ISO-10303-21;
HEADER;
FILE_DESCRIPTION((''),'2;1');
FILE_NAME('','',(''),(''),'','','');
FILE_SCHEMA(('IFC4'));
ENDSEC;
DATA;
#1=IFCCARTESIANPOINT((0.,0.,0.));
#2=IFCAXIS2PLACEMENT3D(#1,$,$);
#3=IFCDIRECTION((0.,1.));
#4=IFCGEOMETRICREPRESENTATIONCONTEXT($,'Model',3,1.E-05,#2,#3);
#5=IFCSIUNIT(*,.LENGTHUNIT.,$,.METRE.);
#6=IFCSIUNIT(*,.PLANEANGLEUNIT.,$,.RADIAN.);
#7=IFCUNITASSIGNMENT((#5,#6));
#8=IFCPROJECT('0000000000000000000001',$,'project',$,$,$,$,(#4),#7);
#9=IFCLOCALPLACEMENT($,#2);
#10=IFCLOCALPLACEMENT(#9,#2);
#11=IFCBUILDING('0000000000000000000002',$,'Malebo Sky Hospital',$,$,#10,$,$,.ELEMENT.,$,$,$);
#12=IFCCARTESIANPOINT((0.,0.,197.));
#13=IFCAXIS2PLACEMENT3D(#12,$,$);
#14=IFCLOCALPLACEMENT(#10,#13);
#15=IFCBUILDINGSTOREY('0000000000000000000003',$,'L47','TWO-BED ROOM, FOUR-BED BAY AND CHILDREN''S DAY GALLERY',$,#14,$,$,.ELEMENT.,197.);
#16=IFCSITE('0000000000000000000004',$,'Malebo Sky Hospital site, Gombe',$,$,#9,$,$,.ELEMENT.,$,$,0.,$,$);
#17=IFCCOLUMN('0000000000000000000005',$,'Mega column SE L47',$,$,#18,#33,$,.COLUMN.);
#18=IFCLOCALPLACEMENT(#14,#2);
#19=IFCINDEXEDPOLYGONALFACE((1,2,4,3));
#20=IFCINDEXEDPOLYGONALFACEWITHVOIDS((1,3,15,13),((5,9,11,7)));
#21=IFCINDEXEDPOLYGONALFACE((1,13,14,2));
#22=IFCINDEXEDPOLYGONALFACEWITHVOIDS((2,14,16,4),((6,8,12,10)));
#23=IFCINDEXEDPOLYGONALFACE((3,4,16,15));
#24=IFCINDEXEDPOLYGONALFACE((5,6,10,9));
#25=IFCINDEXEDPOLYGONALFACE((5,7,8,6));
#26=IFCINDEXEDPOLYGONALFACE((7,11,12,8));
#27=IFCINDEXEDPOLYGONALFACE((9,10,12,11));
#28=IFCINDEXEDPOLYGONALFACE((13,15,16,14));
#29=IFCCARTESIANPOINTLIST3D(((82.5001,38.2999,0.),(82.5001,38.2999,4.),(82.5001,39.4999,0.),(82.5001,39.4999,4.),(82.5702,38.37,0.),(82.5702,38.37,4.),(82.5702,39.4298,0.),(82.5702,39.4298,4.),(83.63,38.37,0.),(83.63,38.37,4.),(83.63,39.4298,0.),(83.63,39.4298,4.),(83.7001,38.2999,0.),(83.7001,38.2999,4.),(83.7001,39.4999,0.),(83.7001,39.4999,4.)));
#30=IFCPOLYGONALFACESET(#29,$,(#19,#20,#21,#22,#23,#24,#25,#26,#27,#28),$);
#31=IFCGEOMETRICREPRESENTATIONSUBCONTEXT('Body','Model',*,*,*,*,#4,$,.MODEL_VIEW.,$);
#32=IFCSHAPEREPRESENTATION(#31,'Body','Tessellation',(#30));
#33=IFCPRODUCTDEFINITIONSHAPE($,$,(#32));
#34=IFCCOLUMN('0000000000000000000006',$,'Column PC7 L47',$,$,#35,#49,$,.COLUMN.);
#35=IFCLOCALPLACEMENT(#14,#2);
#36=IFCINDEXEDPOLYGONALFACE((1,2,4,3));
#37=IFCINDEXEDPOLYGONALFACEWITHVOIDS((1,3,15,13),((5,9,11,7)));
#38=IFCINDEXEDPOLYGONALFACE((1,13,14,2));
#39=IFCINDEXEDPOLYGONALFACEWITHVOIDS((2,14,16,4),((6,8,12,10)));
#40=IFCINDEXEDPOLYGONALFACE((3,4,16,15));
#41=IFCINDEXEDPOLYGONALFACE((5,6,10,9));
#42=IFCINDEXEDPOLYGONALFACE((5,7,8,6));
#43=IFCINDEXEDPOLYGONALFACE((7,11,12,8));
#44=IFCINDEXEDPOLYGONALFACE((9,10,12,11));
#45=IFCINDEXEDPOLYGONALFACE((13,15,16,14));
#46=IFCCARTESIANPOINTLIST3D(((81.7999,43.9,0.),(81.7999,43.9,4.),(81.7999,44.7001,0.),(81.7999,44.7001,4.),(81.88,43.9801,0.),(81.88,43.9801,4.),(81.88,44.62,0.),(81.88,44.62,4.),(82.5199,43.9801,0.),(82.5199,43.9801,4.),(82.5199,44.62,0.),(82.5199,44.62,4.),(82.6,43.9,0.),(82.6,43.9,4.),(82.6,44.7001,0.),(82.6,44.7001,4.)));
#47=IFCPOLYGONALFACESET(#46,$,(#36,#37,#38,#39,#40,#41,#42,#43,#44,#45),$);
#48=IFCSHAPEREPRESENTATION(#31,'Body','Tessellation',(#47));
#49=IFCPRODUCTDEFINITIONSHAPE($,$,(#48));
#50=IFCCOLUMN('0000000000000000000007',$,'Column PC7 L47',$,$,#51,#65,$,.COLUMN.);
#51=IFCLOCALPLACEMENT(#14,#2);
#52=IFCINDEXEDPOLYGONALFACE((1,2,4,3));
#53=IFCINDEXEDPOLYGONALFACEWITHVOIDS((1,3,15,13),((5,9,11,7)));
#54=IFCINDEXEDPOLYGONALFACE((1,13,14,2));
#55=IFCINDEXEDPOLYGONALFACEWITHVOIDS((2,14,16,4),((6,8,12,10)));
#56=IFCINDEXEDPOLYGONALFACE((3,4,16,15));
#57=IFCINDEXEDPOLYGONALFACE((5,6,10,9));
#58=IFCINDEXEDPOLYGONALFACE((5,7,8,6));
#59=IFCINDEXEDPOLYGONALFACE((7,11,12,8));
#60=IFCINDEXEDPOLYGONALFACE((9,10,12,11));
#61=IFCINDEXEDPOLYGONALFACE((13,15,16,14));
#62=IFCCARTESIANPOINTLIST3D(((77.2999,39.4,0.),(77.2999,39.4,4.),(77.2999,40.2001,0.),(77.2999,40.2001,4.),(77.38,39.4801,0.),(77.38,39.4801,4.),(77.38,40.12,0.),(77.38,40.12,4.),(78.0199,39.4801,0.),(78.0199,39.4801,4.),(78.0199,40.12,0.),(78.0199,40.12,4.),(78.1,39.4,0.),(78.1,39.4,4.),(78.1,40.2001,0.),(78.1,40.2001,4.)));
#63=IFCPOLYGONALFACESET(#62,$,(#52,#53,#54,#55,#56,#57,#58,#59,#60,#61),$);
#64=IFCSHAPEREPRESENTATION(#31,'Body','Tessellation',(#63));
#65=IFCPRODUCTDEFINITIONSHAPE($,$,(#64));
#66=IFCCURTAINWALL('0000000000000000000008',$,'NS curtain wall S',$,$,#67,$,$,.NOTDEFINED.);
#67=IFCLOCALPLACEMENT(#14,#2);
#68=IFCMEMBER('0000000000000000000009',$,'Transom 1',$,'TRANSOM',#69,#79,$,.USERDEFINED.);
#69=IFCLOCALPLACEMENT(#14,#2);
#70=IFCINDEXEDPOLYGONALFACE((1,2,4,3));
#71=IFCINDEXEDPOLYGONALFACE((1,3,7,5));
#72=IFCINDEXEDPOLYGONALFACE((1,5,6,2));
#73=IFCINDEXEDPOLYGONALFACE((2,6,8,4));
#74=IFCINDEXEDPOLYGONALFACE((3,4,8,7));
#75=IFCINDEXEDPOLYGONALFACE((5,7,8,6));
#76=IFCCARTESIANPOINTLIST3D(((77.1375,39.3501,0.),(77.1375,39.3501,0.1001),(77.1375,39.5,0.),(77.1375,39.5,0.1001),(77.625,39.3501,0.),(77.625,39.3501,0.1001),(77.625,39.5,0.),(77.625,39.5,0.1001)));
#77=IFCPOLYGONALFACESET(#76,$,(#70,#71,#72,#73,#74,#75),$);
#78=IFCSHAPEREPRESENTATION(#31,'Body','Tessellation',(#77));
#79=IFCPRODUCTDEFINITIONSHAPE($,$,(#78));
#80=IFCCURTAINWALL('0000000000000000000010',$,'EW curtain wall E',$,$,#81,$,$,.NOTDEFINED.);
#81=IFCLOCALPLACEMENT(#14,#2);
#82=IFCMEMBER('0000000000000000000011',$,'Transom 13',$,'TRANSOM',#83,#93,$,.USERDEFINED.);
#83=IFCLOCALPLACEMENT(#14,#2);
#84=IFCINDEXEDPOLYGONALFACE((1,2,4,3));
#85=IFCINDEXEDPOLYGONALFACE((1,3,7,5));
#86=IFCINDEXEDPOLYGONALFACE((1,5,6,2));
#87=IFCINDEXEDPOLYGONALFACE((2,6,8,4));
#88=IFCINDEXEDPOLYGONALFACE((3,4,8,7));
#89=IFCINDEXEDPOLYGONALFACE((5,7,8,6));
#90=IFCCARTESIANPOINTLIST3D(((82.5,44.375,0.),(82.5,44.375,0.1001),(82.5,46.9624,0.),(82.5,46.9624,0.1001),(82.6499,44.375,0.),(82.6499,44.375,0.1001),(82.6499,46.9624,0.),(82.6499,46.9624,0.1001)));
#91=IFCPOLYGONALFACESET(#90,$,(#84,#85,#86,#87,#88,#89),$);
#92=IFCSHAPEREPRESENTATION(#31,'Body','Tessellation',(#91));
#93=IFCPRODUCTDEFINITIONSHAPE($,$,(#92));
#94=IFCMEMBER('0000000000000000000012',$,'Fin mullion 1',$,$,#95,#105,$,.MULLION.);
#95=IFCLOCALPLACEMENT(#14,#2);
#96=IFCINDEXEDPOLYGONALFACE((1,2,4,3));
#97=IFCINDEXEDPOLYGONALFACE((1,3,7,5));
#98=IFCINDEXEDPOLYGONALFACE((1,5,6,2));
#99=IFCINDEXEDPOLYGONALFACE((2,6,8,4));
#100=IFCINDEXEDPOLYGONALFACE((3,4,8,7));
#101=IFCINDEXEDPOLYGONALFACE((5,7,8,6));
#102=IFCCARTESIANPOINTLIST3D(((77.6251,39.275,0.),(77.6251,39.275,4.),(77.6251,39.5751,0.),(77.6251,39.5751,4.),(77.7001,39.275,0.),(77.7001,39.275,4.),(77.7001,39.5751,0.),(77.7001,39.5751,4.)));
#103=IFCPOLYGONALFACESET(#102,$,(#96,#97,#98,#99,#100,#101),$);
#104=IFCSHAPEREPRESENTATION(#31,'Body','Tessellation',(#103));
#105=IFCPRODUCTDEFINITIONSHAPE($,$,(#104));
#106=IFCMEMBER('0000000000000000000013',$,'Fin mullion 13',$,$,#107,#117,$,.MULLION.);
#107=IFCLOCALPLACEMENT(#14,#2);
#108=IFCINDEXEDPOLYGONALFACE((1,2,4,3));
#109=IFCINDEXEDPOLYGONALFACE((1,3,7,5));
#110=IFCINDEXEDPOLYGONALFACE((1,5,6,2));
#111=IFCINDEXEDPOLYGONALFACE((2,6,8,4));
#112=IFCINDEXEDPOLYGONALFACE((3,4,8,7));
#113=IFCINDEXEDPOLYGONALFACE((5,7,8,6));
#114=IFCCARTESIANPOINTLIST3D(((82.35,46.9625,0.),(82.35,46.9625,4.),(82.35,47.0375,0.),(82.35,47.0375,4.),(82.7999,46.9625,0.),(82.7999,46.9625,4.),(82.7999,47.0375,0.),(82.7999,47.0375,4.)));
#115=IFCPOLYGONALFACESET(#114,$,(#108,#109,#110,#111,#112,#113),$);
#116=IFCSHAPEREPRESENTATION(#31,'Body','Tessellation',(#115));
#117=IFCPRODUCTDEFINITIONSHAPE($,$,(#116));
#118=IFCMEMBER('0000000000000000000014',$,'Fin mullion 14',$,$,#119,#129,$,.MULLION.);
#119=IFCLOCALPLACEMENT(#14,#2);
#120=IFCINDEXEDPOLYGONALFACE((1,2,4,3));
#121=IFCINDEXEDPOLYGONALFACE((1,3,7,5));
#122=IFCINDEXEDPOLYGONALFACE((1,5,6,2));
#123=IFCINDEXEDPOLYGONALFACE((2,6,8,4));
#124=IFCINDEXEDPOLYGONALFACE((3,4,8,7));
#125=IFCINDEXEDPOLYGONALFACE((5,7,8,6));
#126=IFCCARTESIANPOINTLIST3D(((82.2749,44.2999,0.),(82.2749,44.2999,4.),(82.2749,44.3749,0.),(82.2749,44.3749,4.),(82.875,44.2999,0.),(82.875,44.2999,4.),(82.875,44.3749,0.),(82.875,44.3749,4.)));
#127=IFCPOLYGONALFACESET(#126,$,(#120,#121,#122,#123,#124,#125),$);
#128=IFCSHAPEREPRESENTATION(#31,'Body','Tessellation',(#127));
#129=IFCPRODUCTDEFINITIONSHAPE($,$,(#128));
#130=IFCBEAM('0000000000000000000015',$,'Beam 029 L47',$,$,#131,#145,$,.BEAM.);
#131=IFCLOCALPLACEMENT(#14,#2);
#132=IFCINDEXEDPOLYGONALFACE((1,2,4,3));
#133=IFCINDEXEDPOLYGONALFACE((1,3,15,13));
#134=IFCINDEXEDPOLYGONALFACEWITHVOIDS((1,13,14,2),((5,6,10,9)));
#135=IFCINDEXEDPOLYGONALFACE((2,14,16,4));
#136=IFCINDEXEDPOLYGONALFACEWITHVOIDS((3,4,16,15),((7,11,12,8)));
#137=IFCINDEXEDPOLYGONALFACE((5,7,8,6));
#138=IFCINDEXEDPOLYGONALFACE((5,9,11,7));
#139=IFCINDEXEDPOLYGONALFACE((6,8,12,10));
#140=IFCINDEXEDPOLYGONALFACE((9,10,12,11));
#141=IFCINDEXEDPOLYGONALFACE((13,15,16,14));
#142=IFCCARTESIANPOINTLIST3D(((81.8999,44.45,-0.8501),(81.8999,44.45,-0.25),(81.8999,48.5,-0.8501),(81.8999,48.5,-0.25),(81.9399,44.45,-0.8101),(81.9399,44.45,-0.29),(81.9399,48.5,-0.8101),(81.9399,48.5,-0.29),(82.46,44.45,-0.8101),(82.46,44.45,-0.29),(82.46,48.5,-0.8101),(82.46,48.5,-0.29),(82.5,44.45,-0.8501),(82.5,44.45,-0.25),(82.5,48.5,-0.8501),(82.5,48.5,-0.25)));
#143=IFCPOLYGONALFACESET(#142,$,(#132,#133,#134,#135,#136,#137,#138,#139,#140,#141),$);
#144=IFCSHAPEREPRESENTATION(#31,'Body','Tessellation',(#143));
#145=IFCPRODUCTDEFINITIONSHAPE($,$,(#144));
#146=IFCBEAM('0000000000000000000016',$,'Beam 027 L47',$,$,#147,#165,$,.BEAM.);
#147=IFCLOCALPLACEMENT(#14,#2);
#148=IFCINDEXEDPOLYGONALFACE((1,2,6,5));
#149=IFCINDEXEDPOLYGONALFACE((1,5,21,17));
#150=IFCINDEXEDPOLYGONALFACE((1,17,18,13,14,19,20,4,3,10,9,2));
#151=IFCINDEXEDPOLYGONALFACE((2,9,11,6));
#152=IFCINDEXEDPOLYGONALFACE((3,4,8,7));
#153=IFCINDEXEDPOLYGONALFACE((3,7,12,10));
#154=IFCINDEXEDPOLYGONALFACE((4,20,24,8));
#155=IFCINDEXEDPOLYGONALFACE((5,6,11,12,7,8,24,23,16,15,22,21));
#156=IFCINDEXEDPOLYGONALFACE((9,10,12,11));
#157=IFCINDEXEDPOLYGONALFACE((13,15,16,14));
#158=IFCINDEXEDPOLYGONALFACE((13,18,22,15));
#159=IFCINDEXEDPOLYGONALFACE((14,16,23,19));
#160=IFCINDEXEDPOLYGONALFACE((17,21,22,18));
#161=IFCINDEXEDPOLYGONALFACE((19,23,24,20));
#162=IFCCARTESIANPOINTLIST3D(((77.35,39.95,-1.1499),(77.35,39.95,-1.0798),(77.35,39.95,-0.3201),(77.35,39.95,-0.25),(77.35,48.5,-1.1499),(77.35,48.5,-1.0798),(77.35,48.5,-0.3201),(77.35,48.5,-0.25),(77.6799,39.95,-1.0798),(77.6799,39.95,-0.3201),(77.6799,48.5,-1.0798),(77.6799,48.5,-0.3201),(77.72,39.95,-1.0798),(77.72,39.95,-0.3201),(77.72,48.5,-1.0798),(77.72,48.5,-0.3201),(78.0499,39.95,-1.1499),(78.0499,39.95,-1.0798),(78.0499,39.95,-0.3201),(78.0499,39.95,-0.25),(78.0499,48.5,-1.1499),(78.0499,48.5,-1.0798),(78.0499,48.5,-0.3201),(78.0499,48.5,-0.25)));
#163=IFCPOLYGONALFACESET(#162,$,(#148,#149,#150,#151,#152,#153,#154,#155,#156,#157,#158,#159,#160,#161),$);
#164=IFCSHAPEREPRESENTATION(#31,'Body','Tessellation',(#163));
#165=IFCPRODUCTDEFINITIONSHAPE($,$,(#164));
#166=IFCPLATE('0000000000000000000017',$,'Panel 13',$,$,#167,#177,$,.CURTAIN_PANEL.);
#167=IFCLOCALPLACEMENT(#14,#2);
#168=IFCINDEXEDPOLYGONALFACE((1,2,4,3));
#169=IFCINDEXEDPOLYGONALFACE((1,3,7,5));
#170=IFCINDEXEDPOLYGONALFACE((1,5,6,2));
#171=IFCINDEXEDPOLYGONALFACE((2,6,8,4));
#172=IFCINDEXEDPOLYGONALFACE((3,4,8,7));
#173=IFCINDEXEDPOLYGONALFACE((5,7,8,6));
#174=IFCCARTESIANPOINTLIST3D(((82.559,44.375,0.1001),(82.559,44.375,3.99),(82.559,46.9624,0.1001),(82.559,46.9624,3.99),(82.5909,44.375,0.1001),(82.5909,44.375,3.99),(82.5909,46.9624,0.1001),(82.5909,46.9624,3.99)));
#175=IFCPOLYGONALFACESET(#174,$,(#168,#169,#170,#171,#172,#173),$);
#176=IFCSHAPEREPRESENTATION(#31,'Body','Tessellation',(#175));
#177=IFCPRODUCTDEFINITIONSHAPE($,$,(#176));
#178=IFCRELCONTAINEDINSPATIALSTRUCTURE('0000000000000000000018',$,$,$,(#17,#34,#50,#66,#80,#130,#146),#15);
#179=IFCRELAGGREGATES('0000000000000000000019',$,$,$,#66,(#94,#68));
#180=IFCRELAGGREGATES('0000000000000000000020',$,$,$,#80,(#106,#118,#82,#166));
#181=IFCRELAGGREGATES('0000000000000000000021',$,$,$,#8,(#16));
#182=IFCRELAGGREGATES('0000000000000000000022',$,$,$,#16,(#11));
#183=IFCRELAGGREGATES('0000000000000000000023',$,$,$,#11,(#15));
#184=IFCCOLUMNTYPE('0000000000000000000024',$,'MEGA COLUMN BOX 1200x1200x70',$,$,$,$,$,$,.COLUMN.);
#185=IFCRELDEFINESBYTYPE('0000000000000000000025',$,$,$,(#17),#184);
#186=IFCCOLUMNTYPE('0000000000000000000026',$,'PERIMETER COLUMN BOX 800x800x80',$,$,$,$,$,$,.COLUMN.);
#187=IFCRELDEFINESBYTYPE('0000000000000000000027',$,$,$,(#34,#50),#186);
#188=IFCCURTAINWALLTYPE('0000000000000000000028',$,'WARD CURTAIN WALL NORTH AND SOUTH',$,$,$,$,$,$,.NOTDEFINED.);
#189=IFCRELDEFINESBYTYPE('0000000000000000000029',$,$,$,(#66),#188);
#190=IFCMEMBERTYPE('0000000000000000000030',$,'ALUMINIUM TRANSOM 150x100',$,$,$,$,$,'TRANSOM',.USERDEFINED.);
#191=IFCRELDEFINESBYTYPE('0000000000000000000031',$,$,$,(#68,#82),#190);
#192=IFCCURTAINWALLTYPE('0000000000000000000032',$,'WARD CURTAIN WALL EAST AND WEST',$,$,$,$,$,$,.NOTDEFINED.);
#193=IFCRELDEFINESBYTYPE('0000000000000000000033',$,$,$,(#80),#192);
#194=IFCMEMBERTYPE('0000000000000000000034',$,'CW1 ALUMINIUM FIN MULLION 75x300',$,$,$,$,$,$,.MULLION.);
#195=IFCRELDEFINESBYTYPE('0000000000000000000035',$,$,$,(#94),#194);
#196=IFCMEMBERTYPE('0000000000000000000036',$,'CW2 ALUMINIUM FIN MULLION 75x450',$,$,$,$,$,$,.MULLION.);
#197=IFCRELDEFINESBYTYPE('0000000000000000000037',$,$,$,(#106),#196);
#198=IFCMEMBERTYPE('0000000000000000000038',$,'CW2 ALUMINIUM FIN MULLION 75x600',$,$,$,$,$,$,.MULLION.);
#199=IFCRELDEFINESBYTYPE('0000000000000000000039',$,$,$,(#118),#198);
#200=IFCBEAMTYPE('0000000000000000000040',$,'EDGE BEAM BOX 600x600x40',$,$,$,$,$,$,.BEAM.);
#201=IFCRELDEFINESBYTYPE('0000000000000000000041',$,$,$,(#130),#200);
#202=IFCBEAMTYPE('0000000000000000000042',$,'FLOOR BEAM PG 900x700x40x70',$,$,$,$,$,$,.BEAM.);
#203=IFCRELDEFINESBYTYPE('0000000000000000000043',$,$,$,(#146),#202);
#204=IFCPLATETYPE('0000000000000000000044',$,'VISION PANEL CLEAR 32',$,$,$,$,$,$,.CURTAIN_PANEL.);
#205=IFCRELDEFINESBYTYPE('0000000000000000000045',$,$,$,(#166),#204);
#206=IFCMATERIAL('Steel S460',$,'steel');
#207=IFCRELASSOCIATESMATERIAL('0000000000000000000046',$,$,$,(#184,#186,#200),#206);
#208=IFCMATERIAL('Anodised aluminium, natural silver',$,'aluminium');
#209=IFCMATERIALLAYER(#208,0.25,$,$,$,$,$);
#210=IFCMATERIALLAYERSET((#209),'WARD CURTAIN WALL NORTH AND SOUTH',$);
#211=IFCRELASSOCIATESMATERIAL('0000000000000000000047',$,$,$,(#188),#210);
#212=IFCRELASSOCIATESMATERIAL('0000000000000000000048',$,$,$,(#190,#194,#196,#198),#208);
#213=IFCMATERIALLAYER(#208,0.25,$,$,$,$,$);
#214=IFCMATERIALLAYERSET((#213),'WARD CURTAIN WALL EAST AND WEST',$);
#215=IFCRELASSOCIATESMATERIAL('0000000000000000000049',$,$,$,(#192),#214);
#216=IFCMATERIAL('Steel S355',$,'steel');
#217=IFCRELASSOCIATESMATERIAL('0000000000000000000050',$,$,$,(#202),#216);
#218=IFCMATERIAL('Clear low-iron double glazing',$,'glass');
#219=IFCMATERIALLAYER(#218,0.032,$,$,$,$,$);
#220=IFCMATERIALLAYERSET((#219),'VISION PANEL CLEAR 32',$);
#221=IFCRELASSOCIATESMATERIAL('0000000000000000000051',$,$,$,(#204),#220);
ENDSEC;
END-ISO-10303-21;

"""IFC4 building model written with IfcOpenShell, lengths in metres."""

from ifc_helpers import new_model, si_unit, direction, frame, origin, origin_2d, place, context, subcontext, project, spatial, rectangle, hollow_rectangle, i_section, extrude, material, layer, layer_set, material_profile, profile_set, type_object, element, aggregate, save


model = new_model("IFC4")

# Units and contexts
model_context = context("Model", 3, precision=1e-05, world=origin(), true_north=direction((0.0, 1.0)))
body_context = subcontext(model_context, "Body", "Model", "MODEL_VIEW")
ifc_project = project(units=[si_unit("LENGTHUNIT", "METRE"), si_unit("PLANEANGLEUNIT", "RADIAN")], contexts=[model_context])

# Site, building, storey
site_placement = place(None, origin())
site = spatial("IfcSite", under=ifc_project, at=site_placement, Name="Malebo Sky Hospital site, Gombe", CompositionType="ELEMENT", RefElevation=0.0)
building_placement = place(site_placement, origin())
building = spatial("IfcBuilding", under=site, at=building_placement, Name="Malebo Sky Hospital", CompositionType="ELEMENT")
storey_placement = place(building_placement, frame((0.0, 0.0, 197.0)))
storey = spatial("IfcBuildingStorey", under=building, at=storey_placement, Name="L47", Description="TWO-BED ROOM, FOUR-BED BAY AND CHILDREN'S DAY GALLERY", CompositionType="ELEMENT", Elevation=197.0)

# Columns
ifc_material_1 = material(Name="Steel S460", Category="steel")
ifc_material_profile_1 = material_profile(ifc_material_1, hollow_rectangle(XDim=1.2, YDim=1.2, WallThickness=0.0701, at=origin_2d()), Name="BOX 1200x1200x70")
ifc_profile_set_1 = profile_set([ifc_material_profile_1], Name="Steel S460")
column_type_1 = type_object("IfcColumnType", Name="MEGA COLUMN BOX 1200x1200x70", PredefinedType="COLUMN", material=ifc_profile_set_1)
column_placement = place(storey_placement, frame((83.1001, 38.8999, 0.0), z_axis=(0.0, 0.0, 1.0), x_axis=(1.0, 0.0, 0.0)))
element("IfcColumn", 1, at=column_placement, inside=storey, type_object=column_type_1, Name="Mega column SE L47", PredefinedType="COLUMN", context=body_context, shape_type="SweptSolid", body=[
    extrude(hollow_rectangle(XDim=1.2, YDim=1.2, WallThickness=0.0701, at=origin_2d()), origin(), (0.0, 0.0, 1.0), 4.0),
])
ifc_material_profile_2 = material_profile(ifc_material_1, hollow_rectangle(XDim=0.8, YDim=0.8, WallThickness=0.0801, at=origin_2d()), Name="BOX 800x800x80")
ifc_profile_set_2 = profile_set([ifc_material_profile_2], Name="Steel S460")
column_type_2 = type_object("IfcColumnType", Name="PERIMETER COLUMN BOX 800x800x80", PredefinedType="COLUMN", material=ifc_profile_set_2)
for number, where, z_axis, x_axis, name in (
    (2, (82.2, 44.3, 0.0), (0.0, 0.0, 1.0), (1.0, 0.0, 0.0), "Column PC7 L47"),
    (3, (77.7, 39.8, 0.0), (0.0, 0.0, 1.0), (1.0, 0.0, 0.0), "Column PC7 L47"),
):
    element("IfcColumn", number, at=place(storey_placement, frame(where, z_axis=z_axis, x_axis=x_axis)), inside=storey, type_object=column_type_2, Name=name, PredefinedType="COLUMN", context=body_context, shape_type="SweptSolid", body=[
        extrude(hollow_rectangle(XDim=0.8, YDim=0.8, WallThickness=0.0801, at=origin_2d()), origin(), (0.0, 0.0, 1.0), 4.0),
    ])

# Curtain walls, members
ifc_material_2 = material(Name="Anodised aluminium, natural silver", Category="aluminium")
ifc_layer_1 = layer(ifc_material_2, 0.25)
ifc_layer_set_1 = layer_set([ifc_layer_1], Name="WARD CURTAIN WALL NORTH AND SOUTH")
curtain_wall_type_1 = type_object("IfcCurtainWallType", Name="WARD CURTAIN WALL NORTH AND SOUTH", PredefinedType="NOTDEFINED", material=ifc_layer_set_1)
curtain_wall_1_placement = place(storey_placement, origin())
curtain_wall_1 = element("IfcCurtainWall", 4, at=curtain_wall_1_placement, inside=storey, type_object=curtain_wall_type_1, Name="NS curtain wall S", PredefinedType="NOTDEFINED")
ifc_material_profile_3 = material_profile(ifc_material_2, rectangle(XDim=0.1499, YDim=0.1001, at=origin_2d()), Name="ALUMINIUM TRANSOM 150x100")
ifc_profile_set_3 = profile_set([ifc_material_profile_3], Name="Anodised aluminium, natural silver")
member_type_1 = type_object("IfcMemberType", Name="ALUMINIUM TRANSOM 150x100", ElementType="TRANSOM", PredefinedType="USERDEFINED", material=ifc_profile_set_3)
member_1_placement = place(storey_placement, frame((77.625, 39.425, 0.05), z_axis=(-1.0, 0.0, 0.0), x_axis=(0.0, -1.0, 0.0)))
member_1 = element("IfcMember", 5, at=member_1_placement, type_object=member_type_1, Name="Transom 1", ObjectType="TRANSOM", PredefinedType="USERDEFINED", context=body_context, shape_type="SweptSolid", body=[
    extrude(rectangle(XDim=0.1499, YDim=0.1001, at=origin_2d()), origin(), (0.0, 0.0, 1.0), 0.4875),
])
ifc_layer_2 = layer(ifc_material_2, 0.25)
ifc_layer_set_2 = layer_set([ifc_layer_2], Name="WARD CURTAIN WALL EAST AND WEST")
curtain_wall_type_2 = type_object("IfcCurtainWallType", Name="WARD CURTAIN WALL EAST AND WEST", PredefinedType="NOTDEFINED", material=ifc_layer_set_2)
curtain_wall_2_placement = place(storey_placement, origin())
curtain_wall_2 = element("IfcCurtainWall", 6, at=curtain_wall_2_placement, inside=storey, type_object=curtain_wall_type_2, Name="EW curtain wall E", PredefinedType="NOTDEFINED")
member_2_placement = place(storey_placement, frame((82.575, 46.9624, 0.05), z_axis=(0.0, -1.0, 0.0), x_axis=(1.0, 0.0, 0.0)))
member_2 = element("IfcMember", 7, at=member_2_placement, type_object=member_type_1, Name="Transom 13", ObjectType="TRANSOM", PredefinedType="USERDEFINED", context=body_context, shape_type="SweptSolid", body=[
    extrude(rectangle(XDim=0.1499, YDim=0.1001, at=origin_2d()), origin(), (0.0, 0.0, 1.0), 2.5874),
])

# Members
ifc_material_profile_4 = material_profile(ifc_material_2, rectangle(XDim=0.075, YDim=0.3, at=origin_2d()), Name="CW1 ALUMINIUM FIN MULLION 75x300")
ifc_profile_set_4 = profile_set([ifc_material_profile_4], Name="Anodised aluminium, natural silver")
member_type_2 = type_object("IfcMemberType", Name="CW1 ALUMINIUM FIN MULLION 75x300", PredefinedType="MULLION", material=ifc_profile_set_4)
member_3_placement = place(storey_placement, frame((77.6626, 39.425, 0.0), z_axis=(0.0, 0.0, 1.0), x_axis=(-1.0, 0.0, 0.0)))
member_3 = element("IfcMember", 8, at=member_3_placement, type_object=member_type_2, Name="Fin mullion 1", PredefinedType="MULLION", context=body_context, shape_type="SweptSolid", body=[
    extrude(rectangle(XDim=0.075, YDim=0.3, at=origin_2d()), origin(), (0.0, 0.0, 1.0), 4.0),
])
aggregate(curtain_wall_1, [member_3, member_1])
ifc_material_profile_5 = material_profile(ifc_material_2, rectangle(XDim=0.075, YDim=0.45, at=origin_2d()), Name="CW2 ALUMINIUM FIN MULLION 75x450")
ifc_profile_set_5 = profile_set([ifc_material_profile_5], Name="Anodised aluminium, natural silver")
member_type_3 = type_object("IfcMemberType", Name="CW2 ALUMINIUM FIN MULLION 75x450", PredefinedType="MULLION", material=ifc_profile_set_5)
member_4_placement = place(storey_placement, frame((82.575, 47.0, 0.0), z_axis=(0.0, 0.0, 1.0), x_axis=(0.0, -1.0, 0.0)))
member_4 = element("IfcMember", 9, at=member_4_placement, type_object=member_type_3, Name="Fin mullion 13", PredefinedType="MULLION", context=body_context, shape_type="SweptSolid", body=[
    extrude(rectangle(XDim=0.075, YDim=0.45, at=origin_2d()), origin(), (0.0, 0.0, 1.0), 4.0),
])
ifc_material_profile_6 = material_profile(ifc_material_2, rectangle(XDim=0.075, YDim=0.6001, at=origin_2d()), Name="CW2 ALUMINIUM FIN MULLION 75x600")
ifc_profile_set_6 = profile_set([ifc_material_profile_6], Name="Anodised aluminium, natural silver")
member_type_4 = type_object("IfcMemberType", Name="CW2 ALUMINIUM FIN MULLION 75x600", PredefinedType="MULLION", material=ifc_profile_set_6)
member_5_placement = place(storey_placement, frame((82.575, 44.3374, 0.0), z_axis=(0.0, 0.0, 1.0), x_axis=(0.0, -1.0, 0.0)))
member_5 = element("IfcMember", 10, at=member_5_placement, type_object=member_type_4, Name="Fin mullion 14", PredefinedType="MULLION", context=body_context, shape_type="SweptSolid", body=[
    extrude(rectangle(XDim=0.075, YDim=0.6001, at=origin_2d()), origin(), (0.0, 0.0, 1.0), 4.0),
])

# Beams
ifc_material_profile_7 = material_profile(ifc_material_1, hollow_rectangle(XDim=0.6001, YDim=0.6001, WallThickness=0.04, at=origin_2d()), Name="BOX 600x600x40")
ifc_profile_set_7 = profile_set([ifc_material_profile_7], Name="Steel S460")
beam_type_1 = type_object("IfcBeamType", Name="EDGE BEAM BOX 600x600x40", PredefinedType="BEAM", material=ifc_profile_set_7)
beam_1_placement = place(storey_placement, frame((82.2, 44.45, -0.55), z_axis=(0.0, 1.0, 0.0), x_axis=(-1.0, 0.0, 0.0)))
element("IfcBeam", 11, at=beam_1_placement, inside=storey, type_object=beam_type_1, Name="Beam 029 L47", PredefinedType="BEAM", context=body_context, shape_type="SweptSolid", body=[
    extrude(hollow_rectangle(XDim=0.6001, YDim=0.6001, WallThickness=0.04, at=origin_2d()), origin(), (0.0, 0.0, 1.0), 4.05),
])
ifc_material_3 = material(Name="Steel S355", Category="steel")
ifc_material_profile_8 = material_profile(ifc_material_3, i_section(OverallWidth=0.7, OverallDepth=0.8999, WebThickness=0.04, FlangeThickness=0.0701, at=origin_2d()), Name="PG 900x700x40x70")
ifc_profile_set_8 = profile_set([ifc_material_profile_8], Name="Steel S355")
beam_type_2 = type_object("IfcBeamType", Name="FLOOR BEAM PG 900x700x40x70", PredefinedType="BEAM", material=ifc_profile_set_8)
beam_2_placement = place(storey_placement, frame((77.7, 39.95, -0.7), z_axis=(0.0, 1.0, 0.0), x_axis=(-1.0, 0.0, 0.0)))
element("IfcBeam", 12, at=beam_2_placement, inside=storey, type_object=beam_type_2, Name="Beam 027 L47", PredefinedType="BEAM", context=body_context, shape_type="SweptSolid", body=[
    extrude(i_section(OverallWidth=0.7, OverallDepth=0.8999, WebThickness=0.04, FlangeThickness=0.0701, at=origin_2d()), origin(), (0.0, 0.0, 1.0), 8.55),
])

# Plate
ifc_material_4 = material(Name="Clear low-iron double glazing", Category="glass")
ifc_layer_3 = layer(ifc_material_4, 0.032)
ifc_layer_set_3 = layer_set([ifc_layer_3], Name="VISION PANEL CLEAR 32")
plate_type = type_object("IfcPlateType", Name="VISION PANEL CLEAR 32", PredefinedType="CURTAIN_PANEL", material=ifc_layer_set_3)
plate_placement = place(storey_placement, frame((82.575, 45.6687, 0.1001), z_axis=(0.0, 0.0, 1.0), x_axis=(0.0, -1.0, 0.0)))
plate = element("IfcPlate", 13, at=plate_placement, type_object=plate_type, Name="Panel 13", PredefinedType="CURTAIN_PANEL", context=body_context, shape_type="SweptSolid", body=[
    extrude(rectangle(XDim=2.5874, YDim=0.032, at=origin_2d()), origin(), (0.0, 0.0, 1.0), 3.8899),
])
aggregate(curtain_wall_2, [member_4, member_5, member_2, plate])

save(model, "model.ifc")
